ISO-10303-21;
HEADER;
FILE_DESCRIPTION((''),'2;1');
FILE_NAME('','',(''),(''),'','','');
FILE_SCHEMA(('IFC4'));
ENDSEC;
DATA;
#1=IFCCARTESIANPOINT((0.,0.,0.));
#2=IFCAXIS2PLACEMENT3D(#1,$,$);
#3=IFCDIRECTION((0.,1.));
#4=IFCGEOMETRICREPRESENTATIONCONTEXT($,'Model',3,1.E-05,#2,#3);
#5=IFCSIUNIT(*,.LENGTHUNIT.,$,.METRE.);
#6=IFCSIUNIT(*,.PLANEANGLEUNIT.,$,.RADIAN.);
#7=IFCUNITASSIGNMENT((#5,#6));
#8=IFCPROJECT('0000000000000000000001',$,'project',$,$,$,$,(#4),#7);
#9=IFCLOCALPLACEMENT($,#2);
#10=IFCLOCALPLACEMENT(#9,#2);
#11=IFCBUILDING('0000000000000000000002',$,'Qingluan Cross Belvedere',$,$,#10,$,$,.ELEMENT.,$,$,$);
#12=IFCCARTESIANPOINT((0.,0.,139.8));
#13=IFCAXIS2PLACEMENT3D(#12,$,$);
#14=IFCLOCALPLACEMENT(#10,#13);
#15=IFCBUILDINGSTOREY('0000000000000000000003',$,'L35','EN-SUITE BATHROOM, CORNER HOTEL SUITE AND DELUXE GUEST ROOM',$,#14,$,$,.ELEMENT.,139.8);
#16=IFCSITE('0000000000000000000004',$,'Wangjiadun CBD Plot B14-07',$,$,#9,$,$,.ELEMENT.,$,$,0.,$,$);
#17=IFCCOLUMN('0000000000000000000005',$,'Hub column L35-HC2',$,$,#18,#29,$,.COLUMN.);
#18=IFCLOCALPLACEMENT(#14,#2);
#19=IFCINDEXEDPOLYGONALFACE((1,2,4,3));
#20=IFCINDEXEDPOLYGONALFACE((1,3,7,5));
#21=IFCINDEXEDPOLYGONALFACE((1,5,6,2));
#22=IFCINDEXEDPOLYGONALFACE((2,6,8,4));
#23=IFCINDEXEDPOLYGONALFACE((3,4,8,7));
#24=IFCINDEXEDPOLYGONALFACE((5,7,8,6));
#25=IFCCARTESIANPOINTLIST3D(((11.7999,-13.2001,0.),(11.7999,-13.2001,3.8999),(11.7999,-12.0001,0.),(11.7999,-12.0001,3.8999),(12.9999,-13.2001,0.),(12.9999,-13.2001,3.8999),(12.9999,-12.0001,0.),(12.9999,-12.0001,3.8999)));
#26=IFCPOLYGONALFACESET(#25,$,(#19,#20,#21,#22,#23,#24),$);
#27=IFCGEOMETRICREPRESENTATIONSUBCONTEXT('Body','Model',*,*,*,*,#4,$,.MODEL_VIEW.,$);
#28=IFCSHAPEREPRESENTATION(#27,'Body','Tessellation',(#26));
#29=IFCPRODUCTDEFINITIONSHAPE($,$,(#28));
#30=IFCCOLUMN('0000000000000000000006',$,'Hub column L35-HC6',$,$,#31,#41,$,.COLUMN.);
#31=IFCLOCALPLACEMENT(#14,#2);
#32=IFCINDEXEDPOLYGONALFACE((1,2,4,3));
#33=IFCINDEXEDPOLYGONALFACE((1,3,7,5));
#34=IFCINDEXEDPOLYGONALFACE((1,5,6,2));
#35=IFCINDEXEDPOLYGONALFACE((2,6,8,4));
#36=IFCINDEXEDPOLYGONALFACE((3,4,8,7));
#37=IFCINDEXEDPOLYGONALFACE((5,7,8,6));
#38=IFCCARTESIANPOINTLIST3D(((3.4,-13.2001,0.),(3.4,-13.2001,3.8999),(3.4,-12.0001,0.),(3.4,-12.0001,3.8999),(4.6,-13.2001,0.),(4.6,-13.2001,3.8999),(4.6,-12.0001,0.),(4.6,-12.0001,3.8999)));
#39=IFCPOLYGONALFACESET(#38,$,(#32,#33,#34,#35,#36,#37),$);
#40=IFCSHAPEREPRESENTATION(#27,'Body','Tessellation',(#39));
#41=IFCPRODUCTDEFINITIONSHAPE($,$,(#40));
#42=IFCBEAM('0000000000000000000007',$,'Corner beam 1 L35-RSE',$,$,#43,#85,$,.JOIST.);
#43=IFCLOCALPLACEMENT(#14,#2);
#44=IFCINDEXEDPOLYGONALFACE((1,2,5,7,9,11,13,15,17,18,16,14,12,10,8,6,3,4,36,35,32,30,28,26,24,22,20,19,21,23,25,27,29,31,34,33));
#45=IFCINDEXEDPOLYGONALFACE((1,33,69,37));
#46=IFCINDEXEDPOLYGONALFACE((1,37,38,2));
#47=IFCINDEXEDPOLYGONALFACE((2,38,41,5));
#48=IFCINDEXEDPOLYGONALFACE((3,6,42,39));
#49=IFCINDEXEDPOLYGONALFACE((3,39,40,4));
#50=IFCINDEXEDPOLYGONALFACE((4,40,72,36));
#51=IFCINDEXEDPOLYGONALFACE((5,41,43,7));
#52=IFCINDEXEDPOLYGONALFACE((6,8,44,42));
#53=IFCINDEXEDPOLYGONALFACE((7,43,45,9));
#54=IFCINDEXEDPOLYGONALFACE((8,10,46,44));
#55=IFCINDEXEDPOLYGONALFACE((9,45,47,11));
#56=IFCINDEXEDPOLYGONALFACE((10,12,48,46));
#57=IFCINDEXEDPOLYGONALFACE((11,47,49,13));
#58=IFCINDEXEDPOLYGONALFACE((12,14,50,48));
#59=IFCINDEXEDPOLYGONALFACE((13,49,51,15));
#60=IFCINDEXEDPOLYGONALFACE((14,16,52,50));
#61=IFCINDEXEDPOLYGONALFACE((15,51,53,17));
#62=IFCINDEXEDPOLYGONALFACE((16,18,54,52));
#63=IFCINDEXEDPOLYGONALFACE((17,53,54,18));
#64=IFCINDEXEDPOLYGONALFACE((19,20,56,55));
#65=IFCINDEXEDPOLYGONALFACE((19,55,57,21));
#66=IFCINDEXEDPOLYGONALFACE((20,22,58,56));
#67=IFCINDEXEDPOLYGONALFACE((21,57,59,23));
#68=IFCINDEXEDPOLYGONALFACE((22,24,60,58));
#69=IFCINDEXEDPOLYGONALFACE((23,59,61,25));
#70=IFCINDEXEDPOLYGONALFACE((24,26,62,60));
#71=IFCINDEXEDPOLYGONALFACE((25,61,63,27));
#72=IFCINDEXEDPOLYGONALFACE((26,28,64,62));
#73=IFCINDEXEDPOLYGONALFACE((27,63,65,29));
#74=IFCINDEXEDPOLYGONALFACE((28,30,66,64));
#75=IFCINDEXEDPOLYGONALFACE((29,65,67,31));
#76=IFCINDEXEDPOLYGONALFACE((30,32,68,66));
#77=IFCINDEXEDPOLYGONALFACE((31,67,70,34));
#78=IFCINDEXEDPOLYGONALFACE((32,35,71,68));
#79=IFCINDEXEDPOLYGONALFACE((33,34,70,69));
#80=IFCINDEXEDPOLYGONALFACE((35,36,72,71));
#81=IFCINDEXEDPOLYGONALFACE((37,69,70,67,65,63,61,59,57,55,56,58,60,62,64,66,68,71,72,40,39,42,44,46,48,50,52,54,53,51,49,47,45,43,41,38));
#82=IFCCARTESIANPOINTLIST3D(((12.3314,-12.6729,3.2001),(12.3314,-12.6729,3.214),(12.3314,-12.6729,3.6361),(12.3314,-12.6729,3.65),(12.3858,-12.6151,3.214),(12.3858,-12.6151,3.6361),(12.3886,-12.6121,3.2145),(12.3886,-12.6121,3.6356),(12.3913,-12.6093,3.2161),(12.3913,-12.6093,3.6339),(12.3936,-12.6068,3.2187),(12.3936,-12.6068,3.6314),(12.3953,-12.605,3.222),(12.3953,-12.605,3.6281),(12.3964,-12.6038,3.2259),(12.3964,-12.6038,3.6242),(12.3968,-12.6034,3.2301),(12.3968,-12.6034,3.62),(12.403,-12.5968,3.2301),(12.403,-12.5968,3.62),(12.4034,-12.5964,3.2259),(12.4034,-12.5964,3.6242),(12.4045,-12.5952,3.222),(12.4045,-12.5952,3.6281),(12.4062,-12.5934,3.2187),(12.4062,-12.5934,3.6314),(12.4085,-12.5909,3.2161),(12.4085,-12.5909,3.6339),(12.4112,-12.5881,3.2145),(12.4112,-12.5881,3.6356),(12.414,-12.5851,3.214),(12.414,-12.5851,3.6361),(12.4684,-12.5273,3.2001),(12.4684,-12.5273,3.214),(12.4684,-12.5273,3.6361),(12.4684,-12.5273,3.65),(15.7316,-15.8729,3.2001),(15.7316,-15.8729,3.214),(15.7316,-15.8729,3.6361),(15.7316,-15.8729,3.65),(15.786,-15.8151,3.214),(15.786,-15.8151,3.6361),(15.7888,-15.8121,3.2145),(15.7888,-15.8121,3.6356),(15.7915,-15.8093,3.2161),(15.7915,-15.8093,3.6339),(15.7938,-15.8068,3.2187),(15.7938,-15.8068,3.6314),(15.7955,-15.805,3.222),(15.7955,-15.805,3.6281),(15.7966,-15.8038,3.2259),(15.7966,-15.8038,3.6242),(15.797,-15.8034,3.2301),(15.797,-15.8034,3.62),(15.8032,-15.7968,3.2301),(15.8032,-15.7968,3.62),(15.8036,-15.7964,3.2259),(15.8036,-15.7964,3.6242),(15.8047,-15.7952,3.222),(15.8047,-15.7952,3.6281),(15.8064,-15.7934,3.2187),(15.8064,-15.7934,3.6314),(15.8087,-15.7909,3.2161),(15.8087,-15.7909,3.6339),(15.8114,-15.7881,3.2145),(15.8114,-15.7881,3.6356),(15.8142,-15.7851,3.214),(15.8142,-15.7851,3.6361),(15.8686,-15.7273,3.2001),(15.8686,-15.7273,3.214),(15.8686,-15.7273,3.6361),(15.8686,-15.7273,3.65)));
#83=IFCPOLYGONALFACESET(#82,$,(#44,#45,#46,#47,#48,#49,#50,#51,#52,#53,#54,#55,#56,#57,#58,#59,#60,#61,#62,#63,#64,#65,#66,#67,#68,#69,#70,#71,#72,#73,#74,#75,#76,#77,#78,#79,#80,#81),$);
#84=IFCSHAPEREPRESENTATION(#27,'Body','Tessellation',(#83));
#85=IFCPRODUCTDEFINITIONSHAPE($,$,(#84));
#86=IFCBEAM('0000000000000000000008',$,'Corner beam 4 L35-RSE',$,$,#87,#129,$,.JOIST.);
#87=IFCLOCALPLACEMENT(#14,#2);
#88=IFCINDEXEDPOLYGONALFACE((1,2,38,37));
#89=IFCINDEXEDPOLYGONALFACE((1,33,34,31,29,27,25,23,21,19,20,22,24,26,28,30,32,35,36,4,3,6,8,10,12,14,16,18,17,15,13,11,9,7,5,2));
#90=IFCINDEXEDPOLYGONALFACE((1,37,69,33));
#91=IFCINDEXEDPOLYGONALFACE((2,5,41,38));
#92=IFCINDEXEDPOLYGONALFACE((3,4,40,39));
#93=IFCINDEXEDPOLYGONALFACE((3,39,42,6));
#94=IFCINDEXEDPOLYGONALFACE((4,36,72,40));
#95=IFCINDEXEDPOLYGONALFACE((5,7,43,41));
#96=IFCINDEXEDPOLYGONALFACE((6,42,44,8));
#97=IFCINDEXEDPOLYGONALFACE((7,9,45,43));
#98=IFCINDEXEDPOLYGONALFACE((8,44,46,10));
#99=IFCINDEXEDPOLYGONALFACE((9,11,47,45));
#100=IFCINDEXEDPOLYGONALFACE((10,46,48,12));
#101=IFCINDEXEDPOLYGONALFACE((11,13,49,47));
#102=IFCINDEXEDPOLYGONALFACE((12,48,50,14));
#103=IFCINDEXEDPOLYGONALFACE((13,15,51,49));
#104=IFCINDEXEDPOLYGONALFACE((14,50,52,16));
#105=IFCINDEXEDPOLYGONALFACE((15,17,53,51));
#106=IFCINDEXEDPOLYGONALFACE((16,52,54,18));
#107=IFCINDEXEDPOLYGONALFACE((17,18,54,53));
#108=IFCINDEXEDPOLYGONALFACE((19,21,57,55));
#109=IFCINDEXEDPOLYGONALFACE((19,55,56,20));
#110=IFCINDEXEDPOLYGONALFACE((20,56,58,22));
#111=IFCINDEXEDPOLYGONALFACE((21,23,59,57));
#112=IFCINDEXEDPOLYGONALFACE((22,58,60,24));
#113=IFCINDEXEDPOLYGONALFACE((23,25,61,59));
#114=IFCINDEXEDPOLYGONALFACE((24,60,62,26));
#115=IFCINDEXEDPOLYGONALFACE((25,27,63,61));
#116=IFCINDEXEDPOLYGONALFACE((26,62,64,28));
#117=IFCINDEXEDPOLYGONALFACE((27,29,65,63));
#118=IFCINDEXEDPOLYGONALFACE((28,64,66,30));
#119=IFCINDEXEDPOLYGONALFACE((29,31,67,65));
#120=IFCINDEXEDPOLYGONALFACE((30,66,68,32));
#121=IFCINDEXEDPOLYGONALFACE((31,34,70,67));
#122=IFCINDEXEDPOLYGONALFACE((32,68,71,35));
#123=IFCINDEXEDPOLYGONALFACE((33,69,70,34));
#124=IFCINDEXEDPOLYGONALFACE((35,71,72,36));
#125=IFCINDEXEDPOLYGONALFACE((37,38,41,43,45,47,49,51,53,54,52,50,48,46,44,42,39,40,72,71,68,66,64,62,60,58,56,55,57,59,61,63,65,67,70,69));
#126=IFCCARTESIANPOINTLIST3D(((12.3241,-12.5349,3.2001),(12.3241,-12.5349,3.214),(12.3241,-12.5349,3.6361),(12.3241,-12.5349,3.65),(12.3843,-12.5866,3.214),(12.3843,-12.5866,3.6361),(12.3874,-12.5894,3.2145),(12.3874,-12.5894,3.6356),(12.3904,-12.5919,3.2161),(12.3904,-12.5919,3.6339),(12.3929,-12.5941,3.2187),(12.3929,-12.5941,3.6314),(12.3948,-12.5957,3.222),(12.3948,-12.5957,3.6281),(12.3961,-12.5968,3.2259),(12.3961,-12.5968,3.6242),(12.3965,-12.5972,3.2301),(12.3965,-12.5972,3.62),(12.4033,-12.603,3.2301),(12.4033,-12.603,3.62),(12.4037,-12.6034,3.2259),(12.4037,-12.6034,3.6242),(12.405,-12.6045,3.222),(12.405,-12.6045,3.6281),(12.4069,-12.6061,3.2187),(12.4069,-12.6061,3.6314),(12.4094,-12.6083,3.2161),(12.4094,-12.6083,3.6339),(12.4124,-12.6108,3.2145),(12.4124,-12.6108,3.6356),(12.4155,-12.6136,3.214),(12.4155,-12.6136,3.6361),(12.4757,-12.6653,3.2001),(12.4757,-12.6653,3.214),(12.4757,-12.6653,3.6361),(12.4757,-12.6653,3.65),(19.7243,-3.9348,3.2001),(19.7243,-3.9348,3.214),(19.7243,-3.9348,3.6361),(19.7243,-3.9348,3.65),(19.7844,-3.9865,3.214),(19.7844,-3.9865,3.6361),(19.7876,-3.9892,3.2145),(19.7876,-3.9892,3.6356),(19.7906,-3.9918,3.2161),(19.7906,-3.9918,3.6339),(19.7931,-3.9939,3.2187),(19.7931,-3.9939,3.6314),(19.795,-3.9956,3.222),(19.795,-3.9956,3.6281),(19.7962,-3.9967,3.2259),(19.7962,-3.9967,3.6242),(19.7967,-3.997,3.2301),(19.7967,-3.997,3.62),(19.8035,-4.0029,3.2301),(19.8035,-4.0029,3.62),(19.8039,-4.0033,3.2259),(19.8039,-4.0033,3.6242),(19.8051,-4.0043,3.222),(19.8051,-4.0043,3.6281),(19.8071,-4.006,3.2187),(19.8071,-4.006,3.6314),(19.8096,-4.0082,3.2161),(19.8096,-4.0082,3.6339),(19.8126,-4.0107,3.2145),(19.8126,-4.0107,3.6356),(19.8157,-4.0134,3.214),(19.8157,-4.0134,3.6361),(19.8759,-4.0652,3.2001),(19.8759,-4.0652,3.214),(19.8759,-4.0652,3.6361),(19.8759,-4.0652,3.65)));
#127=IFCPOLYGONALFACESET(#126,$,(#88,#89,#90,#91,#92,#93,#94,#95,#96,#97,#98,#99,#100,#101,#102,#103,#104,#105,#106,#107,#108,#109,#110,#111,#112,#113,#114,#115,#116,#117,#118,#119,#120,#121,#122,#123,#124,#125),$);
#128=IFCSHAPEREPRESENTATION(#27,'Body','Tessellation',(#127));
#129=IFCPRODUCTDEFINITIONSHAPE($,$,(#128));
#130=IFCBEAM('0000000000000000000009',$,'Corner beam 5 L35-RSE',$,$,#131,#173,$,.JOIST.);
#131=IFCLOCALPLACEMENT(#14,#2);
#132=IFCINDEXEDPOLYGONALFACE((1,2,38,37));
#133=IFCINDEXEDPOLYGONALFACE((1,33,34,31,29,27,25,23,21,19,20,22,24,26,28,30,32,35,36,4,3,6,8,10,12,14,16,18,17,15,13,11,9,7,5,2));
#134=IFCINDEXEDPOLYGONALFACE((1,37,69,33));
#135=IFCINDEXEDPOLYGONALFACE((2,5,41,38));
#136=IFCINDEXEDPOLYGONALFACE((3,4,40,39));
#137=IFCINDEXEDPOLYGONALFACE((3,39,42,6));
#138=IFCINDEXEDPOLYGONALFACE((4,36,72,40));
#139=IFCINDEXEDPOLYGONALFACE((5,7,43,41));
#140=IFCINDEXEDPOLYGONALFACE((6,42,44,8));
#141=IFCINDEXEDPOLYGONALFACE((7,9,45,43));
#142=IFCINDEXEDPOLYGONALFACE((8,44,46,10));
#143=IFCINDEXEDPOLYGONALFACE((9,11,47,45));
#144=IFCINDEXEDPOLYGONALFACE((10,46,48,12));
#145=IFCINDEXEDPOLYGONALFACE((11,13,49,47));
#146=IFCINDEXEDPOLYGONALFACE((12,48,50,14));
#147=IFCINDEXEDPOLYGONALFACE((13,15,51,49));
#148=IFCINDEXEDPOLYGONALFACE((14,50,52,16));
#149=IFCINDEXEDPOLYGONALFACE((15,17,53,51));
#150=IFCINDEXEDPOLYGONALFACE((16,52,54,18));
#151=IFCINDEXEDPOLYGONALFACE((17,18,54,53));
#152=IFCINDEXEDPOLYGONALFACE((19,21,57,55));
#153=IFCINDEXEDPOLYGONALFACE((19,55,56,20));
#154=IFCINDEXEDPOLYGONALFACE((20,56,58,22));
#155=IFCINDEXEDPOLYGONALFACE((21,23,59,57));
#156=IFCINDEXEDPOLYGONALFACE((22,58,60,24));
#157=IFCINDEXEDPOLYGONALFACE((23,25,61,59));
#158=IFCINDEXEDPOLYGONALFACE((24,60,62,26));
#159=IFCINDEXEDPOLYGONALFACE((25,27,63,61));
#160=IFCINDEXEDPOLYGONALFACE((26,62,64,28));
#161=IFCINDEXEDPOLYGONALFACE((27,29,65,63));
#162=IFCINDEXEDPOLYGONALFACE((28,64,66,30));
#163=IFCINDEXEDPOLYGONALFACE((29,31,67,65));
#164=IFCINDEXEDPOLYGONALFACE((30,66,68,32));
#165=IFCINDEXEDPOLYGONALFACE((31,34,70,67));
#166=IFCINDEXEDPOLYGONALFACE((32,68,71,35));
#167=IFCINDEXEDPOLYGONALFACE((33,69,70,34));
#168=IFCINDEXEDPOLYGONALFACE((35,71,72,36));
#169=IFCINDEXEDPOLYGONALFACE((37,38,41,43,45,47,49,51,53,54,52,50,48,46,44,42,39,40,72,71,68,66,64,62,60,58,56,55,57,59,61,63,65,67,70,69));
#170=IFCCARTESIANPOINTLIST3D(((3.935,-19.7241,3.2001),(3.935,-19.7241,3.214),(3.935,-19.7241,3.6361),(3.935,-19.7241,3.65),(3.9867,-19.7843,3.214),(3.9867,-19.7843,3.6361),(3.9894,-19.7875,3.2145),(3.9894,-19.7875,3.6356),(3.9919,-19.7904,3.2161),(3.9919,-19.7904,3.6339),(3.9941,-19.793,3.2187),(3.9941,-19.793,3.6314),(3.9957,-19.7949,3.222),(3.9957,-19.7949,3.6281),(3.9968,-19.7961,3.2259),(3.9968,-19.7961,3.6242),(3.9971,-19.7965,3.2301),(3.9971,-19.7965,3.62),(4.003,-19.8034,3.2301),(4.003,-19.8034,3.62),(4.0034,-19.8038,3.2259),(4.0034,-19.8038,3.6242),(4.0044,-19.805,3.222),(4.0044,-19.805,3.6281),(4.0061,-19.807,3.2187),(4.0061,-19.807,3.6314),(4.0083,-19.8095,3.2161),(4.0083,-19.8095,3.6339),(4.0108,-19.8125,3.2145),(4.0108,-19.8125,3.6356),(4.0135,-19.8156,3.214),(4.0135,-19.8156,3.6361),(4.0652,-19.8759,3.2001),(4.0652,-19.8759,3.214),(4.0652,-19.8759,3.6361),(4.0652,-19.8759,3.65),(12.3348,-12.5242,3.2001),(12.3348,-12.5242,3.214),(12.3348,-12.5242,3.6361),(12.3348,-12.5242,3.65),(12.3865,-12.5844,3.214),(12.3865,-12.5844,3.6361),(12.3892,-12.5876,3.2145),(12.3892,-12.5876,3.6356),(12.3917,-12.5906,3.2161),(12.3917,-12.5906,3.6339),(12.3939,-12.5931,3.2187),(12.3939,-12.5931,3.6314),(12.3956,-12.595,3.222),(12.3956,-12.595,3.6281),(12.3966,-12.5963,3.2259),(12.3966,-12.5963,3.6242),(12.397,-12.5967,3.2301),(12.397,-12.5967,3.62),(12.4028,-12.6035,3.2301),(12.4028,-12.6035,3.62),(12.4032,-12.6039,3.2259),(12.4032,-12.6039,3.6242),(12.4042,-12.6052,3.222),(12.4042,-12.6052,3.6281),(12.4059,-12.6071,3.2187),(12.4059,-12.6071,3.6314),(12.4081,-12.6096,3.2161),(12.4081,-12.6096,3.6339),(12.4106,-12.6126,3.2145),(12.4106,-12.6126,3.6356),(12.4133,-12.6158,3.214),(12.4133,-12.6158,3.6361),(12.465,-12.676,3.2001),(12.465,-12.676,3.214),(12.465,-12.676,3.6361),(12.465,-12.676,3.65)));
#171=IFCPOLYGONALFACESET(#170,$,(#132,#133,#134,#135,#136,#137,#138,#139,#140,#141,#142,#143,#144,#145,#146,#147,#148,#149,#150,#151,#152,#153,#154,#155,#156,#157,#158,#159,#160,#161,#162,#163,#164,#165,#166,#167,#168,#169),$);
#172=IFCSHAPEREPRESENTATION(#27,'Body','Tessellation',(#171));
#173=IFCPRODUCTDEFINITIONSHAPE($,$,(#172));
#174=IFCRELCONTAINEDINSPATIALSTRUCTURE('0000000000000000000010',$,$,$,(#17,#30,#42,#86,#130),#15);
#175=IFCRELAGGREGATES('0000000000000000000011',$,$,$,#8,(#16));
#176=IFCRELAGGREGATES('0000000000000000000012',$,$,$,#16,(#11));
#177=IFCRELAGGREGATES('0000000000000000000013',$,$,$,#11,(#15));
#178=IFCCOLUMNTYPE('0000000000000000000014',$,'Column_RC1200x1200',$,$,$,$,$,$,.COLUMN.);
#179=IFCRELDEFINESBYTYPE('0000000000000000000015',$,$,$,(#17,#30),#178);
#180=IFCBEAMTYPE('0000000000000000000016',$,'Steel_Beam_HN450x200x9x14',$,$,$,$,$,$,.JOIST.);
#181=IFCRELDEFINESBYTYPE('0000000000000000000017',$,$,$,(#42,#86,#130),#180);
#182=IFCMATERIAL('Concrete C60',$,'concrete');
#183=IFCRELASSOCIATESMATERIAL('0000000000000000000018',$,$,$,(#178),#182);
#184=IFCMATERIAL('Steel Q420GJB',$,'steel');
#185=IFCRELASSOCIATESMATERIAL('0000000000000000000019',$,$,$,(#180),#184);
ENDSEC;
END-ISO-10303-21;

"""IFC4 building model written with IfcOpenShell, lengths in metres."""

from ifc_helpers import new_model, si_unit, direction, frame, origin, origin_2d, place, context, subcontext, project, spatial, rectangle, i_section, extrude, material, material_profile, profile_set, type_object, element, save


model = new_model("IFC4")

# Units and contexts
model_context = context("Model", 3, precision=1e-05, world=origin(), true_north=direction((0.0, 1.0)))
body_context = subcontext(model_context, "Body", "Model", "MODEL_VIEW")
ifc_project = project(units=[si_unit("LENGTHUNIT", "METRE"), si_unit("PLANEANGLEUNIT", "RADIAN")], contexts=[model_context])

# Site, building, storey
site_placement = place(None, origin())
site = spatial("IfcSite", under=ifc_project, at=site_placement, Name="Wangjiadun CBD Plot B14-07", CompositionType="ELEMENT", RefElevation=0.0)
building_placement = place(site_placement, origin())
building = spatial("IfcBuilding", under=site, at=building_placement, Name="Qingluan Cross Belvedere", CompositionType="ELEMENT")
storey_placement = place(building_placement, frame((0.0, 0.0, 139.8)))
storey = spatial("IfcBuildingStorey", under=building, at=storey_placement, Name="L35", Description="EN-SUITE BATHROOM, CORNER HOTEL SUITE AND DELUXE GUEST ROOM", CompositionType="ELEMENT", Elevation=139.8)

# Columns
ifc_material_1 = material(Name="Concrete C60", Category="concrete")
ifc_material_profile_1 = material_profile(ifc_material_1, rectangle(XDim=1.2, YDim=1.2, at=origin_2d()), Name="RC1200x1200")
ifc_profile_set_1 = profile_set([ifc_material_profile_1], Name="Concrete C60")
column_type = type_object("IfcColumnType", Name="Column_RC1200x1200", PredefinedType="COLUMN", material=ifc_profile_set_1)
for number, where, z_axis, x_axis, name in (
    (1, (12.3999, -12.6001, 0.0), (0.0, 0.0, 1.0), (1.0, 0.0, 0.0), "Hub column L35-HC2"),
    (2, (4.0, -12.6001, 0.0), (0.0, 0.0, 1.0), (1.0, 0.0, 0.0), "Hub column L35-HC6"),
):
    element("IfcColumn", number, at=place(storey_placement, frame(where, z_axis=z_axis, x_axis=x_axis)), inside=storey, type_object=column_type, Name=name, PredefinedType="COLUMN", context=body_context, shape_type="SweptSolid", body=[
        extrude(rectangle(XDim=1.2, YDim=1.2, at=origin_2d()), origin(), (0.0, 0.0, 1.0), 3.8999),
    ])

# Beams
ifc_material_2 = material(Name="Steel Q420GJB", Category="steel")
ifc_material_profile_2 = material_profile(ifc_material_2, i_section(OverallWidth=0.2, OverallDepth=0.45, WebThickness=0.009, FlangeThickness=0.0139, FilletRadius=0.0161, at=origin_2d()), Name="HN450x200x9x14")
ifc_profile_set_2 = profile_set([ifc_material_profile_2], Name="Steel Q420GJB")
beam_type_1 = type_object("IfcBeamType", Name="Steel_Beam_HN450x200x9x14", PredefinedType="JOIST", material=ifc_profile_set_2)
beam_1_placement = place(storey_placement, frame((12.3999, -12.6001, 3.425), z_axis=(0.72822, -0.685343, 0.0), x_axis=(0.685343, 0.72822, 0.0)))
element("IfcBeam", 3, at=beam_1_placement, inside=storey, type_object=beam_type_1, Name="Corner beam 1 L35-RSE", PredefinedType="JOIST", context=body_context, shape_type="SweptSolid", body=[
    extrude(i_section(OverallWidth=0.2, OverallDepth=0.45, WebThickness=0.009, FlangeThickness=0.0139, FilletRadius=0.0161, at=origin_2d()), origin(), (0.0, 0.0, 1.0), 4.6692),
])
beam_2_placement = place(storey_placement, frame((12.3999, -12.6001, 3.425), z_axis=(0.652245, 0.758008, 0.0), x_axis=(-0.758008, 0.652245, 0.0)))
element("IfcBeam", 4, at=beam_2_placement, inside=storey, type_object=beam_type_1, Name="Corner beam 4 L35-RSE", PredefinedType="JOIST", context=body_context, shape_type="SweptSolid", body=[
    extrude(i_section(OverallWidth=0.2, OverallDepth=0.45, WebThickness=0.009, FlangeThickness=0.0139, FilletRadius=0.0161, at=origin_2d()), origin(), (0.0, 0.0, 1.0), 11.3457),
])
beam_3_placement = place(storey_placement, frame((12.3999, -12.6001, 3.425), z_axis=(-0.759255, -0.650793, 0.0), x_axis=(0.650793, -0.759255, 0.0)))
element("IfcBeam", 5, at=beam_3_placement, inside=storey, type_object=beam_type_1, Name="Corner beam 5 L35-RSE", PredefinedType="JOIST", context=body_context, shape_type="SweptSolid", body=[
    extrude(i_section(OverallWidth=0.2, OverallDepth=0.45, WebThickness=0.009, FlangeThickness=0.0139, FilletRadius=0.0161, at=origin_2d()), origin(), (0.0, 0.0, 1.0), 11.0632),
])

save(model, "model.ifc")
